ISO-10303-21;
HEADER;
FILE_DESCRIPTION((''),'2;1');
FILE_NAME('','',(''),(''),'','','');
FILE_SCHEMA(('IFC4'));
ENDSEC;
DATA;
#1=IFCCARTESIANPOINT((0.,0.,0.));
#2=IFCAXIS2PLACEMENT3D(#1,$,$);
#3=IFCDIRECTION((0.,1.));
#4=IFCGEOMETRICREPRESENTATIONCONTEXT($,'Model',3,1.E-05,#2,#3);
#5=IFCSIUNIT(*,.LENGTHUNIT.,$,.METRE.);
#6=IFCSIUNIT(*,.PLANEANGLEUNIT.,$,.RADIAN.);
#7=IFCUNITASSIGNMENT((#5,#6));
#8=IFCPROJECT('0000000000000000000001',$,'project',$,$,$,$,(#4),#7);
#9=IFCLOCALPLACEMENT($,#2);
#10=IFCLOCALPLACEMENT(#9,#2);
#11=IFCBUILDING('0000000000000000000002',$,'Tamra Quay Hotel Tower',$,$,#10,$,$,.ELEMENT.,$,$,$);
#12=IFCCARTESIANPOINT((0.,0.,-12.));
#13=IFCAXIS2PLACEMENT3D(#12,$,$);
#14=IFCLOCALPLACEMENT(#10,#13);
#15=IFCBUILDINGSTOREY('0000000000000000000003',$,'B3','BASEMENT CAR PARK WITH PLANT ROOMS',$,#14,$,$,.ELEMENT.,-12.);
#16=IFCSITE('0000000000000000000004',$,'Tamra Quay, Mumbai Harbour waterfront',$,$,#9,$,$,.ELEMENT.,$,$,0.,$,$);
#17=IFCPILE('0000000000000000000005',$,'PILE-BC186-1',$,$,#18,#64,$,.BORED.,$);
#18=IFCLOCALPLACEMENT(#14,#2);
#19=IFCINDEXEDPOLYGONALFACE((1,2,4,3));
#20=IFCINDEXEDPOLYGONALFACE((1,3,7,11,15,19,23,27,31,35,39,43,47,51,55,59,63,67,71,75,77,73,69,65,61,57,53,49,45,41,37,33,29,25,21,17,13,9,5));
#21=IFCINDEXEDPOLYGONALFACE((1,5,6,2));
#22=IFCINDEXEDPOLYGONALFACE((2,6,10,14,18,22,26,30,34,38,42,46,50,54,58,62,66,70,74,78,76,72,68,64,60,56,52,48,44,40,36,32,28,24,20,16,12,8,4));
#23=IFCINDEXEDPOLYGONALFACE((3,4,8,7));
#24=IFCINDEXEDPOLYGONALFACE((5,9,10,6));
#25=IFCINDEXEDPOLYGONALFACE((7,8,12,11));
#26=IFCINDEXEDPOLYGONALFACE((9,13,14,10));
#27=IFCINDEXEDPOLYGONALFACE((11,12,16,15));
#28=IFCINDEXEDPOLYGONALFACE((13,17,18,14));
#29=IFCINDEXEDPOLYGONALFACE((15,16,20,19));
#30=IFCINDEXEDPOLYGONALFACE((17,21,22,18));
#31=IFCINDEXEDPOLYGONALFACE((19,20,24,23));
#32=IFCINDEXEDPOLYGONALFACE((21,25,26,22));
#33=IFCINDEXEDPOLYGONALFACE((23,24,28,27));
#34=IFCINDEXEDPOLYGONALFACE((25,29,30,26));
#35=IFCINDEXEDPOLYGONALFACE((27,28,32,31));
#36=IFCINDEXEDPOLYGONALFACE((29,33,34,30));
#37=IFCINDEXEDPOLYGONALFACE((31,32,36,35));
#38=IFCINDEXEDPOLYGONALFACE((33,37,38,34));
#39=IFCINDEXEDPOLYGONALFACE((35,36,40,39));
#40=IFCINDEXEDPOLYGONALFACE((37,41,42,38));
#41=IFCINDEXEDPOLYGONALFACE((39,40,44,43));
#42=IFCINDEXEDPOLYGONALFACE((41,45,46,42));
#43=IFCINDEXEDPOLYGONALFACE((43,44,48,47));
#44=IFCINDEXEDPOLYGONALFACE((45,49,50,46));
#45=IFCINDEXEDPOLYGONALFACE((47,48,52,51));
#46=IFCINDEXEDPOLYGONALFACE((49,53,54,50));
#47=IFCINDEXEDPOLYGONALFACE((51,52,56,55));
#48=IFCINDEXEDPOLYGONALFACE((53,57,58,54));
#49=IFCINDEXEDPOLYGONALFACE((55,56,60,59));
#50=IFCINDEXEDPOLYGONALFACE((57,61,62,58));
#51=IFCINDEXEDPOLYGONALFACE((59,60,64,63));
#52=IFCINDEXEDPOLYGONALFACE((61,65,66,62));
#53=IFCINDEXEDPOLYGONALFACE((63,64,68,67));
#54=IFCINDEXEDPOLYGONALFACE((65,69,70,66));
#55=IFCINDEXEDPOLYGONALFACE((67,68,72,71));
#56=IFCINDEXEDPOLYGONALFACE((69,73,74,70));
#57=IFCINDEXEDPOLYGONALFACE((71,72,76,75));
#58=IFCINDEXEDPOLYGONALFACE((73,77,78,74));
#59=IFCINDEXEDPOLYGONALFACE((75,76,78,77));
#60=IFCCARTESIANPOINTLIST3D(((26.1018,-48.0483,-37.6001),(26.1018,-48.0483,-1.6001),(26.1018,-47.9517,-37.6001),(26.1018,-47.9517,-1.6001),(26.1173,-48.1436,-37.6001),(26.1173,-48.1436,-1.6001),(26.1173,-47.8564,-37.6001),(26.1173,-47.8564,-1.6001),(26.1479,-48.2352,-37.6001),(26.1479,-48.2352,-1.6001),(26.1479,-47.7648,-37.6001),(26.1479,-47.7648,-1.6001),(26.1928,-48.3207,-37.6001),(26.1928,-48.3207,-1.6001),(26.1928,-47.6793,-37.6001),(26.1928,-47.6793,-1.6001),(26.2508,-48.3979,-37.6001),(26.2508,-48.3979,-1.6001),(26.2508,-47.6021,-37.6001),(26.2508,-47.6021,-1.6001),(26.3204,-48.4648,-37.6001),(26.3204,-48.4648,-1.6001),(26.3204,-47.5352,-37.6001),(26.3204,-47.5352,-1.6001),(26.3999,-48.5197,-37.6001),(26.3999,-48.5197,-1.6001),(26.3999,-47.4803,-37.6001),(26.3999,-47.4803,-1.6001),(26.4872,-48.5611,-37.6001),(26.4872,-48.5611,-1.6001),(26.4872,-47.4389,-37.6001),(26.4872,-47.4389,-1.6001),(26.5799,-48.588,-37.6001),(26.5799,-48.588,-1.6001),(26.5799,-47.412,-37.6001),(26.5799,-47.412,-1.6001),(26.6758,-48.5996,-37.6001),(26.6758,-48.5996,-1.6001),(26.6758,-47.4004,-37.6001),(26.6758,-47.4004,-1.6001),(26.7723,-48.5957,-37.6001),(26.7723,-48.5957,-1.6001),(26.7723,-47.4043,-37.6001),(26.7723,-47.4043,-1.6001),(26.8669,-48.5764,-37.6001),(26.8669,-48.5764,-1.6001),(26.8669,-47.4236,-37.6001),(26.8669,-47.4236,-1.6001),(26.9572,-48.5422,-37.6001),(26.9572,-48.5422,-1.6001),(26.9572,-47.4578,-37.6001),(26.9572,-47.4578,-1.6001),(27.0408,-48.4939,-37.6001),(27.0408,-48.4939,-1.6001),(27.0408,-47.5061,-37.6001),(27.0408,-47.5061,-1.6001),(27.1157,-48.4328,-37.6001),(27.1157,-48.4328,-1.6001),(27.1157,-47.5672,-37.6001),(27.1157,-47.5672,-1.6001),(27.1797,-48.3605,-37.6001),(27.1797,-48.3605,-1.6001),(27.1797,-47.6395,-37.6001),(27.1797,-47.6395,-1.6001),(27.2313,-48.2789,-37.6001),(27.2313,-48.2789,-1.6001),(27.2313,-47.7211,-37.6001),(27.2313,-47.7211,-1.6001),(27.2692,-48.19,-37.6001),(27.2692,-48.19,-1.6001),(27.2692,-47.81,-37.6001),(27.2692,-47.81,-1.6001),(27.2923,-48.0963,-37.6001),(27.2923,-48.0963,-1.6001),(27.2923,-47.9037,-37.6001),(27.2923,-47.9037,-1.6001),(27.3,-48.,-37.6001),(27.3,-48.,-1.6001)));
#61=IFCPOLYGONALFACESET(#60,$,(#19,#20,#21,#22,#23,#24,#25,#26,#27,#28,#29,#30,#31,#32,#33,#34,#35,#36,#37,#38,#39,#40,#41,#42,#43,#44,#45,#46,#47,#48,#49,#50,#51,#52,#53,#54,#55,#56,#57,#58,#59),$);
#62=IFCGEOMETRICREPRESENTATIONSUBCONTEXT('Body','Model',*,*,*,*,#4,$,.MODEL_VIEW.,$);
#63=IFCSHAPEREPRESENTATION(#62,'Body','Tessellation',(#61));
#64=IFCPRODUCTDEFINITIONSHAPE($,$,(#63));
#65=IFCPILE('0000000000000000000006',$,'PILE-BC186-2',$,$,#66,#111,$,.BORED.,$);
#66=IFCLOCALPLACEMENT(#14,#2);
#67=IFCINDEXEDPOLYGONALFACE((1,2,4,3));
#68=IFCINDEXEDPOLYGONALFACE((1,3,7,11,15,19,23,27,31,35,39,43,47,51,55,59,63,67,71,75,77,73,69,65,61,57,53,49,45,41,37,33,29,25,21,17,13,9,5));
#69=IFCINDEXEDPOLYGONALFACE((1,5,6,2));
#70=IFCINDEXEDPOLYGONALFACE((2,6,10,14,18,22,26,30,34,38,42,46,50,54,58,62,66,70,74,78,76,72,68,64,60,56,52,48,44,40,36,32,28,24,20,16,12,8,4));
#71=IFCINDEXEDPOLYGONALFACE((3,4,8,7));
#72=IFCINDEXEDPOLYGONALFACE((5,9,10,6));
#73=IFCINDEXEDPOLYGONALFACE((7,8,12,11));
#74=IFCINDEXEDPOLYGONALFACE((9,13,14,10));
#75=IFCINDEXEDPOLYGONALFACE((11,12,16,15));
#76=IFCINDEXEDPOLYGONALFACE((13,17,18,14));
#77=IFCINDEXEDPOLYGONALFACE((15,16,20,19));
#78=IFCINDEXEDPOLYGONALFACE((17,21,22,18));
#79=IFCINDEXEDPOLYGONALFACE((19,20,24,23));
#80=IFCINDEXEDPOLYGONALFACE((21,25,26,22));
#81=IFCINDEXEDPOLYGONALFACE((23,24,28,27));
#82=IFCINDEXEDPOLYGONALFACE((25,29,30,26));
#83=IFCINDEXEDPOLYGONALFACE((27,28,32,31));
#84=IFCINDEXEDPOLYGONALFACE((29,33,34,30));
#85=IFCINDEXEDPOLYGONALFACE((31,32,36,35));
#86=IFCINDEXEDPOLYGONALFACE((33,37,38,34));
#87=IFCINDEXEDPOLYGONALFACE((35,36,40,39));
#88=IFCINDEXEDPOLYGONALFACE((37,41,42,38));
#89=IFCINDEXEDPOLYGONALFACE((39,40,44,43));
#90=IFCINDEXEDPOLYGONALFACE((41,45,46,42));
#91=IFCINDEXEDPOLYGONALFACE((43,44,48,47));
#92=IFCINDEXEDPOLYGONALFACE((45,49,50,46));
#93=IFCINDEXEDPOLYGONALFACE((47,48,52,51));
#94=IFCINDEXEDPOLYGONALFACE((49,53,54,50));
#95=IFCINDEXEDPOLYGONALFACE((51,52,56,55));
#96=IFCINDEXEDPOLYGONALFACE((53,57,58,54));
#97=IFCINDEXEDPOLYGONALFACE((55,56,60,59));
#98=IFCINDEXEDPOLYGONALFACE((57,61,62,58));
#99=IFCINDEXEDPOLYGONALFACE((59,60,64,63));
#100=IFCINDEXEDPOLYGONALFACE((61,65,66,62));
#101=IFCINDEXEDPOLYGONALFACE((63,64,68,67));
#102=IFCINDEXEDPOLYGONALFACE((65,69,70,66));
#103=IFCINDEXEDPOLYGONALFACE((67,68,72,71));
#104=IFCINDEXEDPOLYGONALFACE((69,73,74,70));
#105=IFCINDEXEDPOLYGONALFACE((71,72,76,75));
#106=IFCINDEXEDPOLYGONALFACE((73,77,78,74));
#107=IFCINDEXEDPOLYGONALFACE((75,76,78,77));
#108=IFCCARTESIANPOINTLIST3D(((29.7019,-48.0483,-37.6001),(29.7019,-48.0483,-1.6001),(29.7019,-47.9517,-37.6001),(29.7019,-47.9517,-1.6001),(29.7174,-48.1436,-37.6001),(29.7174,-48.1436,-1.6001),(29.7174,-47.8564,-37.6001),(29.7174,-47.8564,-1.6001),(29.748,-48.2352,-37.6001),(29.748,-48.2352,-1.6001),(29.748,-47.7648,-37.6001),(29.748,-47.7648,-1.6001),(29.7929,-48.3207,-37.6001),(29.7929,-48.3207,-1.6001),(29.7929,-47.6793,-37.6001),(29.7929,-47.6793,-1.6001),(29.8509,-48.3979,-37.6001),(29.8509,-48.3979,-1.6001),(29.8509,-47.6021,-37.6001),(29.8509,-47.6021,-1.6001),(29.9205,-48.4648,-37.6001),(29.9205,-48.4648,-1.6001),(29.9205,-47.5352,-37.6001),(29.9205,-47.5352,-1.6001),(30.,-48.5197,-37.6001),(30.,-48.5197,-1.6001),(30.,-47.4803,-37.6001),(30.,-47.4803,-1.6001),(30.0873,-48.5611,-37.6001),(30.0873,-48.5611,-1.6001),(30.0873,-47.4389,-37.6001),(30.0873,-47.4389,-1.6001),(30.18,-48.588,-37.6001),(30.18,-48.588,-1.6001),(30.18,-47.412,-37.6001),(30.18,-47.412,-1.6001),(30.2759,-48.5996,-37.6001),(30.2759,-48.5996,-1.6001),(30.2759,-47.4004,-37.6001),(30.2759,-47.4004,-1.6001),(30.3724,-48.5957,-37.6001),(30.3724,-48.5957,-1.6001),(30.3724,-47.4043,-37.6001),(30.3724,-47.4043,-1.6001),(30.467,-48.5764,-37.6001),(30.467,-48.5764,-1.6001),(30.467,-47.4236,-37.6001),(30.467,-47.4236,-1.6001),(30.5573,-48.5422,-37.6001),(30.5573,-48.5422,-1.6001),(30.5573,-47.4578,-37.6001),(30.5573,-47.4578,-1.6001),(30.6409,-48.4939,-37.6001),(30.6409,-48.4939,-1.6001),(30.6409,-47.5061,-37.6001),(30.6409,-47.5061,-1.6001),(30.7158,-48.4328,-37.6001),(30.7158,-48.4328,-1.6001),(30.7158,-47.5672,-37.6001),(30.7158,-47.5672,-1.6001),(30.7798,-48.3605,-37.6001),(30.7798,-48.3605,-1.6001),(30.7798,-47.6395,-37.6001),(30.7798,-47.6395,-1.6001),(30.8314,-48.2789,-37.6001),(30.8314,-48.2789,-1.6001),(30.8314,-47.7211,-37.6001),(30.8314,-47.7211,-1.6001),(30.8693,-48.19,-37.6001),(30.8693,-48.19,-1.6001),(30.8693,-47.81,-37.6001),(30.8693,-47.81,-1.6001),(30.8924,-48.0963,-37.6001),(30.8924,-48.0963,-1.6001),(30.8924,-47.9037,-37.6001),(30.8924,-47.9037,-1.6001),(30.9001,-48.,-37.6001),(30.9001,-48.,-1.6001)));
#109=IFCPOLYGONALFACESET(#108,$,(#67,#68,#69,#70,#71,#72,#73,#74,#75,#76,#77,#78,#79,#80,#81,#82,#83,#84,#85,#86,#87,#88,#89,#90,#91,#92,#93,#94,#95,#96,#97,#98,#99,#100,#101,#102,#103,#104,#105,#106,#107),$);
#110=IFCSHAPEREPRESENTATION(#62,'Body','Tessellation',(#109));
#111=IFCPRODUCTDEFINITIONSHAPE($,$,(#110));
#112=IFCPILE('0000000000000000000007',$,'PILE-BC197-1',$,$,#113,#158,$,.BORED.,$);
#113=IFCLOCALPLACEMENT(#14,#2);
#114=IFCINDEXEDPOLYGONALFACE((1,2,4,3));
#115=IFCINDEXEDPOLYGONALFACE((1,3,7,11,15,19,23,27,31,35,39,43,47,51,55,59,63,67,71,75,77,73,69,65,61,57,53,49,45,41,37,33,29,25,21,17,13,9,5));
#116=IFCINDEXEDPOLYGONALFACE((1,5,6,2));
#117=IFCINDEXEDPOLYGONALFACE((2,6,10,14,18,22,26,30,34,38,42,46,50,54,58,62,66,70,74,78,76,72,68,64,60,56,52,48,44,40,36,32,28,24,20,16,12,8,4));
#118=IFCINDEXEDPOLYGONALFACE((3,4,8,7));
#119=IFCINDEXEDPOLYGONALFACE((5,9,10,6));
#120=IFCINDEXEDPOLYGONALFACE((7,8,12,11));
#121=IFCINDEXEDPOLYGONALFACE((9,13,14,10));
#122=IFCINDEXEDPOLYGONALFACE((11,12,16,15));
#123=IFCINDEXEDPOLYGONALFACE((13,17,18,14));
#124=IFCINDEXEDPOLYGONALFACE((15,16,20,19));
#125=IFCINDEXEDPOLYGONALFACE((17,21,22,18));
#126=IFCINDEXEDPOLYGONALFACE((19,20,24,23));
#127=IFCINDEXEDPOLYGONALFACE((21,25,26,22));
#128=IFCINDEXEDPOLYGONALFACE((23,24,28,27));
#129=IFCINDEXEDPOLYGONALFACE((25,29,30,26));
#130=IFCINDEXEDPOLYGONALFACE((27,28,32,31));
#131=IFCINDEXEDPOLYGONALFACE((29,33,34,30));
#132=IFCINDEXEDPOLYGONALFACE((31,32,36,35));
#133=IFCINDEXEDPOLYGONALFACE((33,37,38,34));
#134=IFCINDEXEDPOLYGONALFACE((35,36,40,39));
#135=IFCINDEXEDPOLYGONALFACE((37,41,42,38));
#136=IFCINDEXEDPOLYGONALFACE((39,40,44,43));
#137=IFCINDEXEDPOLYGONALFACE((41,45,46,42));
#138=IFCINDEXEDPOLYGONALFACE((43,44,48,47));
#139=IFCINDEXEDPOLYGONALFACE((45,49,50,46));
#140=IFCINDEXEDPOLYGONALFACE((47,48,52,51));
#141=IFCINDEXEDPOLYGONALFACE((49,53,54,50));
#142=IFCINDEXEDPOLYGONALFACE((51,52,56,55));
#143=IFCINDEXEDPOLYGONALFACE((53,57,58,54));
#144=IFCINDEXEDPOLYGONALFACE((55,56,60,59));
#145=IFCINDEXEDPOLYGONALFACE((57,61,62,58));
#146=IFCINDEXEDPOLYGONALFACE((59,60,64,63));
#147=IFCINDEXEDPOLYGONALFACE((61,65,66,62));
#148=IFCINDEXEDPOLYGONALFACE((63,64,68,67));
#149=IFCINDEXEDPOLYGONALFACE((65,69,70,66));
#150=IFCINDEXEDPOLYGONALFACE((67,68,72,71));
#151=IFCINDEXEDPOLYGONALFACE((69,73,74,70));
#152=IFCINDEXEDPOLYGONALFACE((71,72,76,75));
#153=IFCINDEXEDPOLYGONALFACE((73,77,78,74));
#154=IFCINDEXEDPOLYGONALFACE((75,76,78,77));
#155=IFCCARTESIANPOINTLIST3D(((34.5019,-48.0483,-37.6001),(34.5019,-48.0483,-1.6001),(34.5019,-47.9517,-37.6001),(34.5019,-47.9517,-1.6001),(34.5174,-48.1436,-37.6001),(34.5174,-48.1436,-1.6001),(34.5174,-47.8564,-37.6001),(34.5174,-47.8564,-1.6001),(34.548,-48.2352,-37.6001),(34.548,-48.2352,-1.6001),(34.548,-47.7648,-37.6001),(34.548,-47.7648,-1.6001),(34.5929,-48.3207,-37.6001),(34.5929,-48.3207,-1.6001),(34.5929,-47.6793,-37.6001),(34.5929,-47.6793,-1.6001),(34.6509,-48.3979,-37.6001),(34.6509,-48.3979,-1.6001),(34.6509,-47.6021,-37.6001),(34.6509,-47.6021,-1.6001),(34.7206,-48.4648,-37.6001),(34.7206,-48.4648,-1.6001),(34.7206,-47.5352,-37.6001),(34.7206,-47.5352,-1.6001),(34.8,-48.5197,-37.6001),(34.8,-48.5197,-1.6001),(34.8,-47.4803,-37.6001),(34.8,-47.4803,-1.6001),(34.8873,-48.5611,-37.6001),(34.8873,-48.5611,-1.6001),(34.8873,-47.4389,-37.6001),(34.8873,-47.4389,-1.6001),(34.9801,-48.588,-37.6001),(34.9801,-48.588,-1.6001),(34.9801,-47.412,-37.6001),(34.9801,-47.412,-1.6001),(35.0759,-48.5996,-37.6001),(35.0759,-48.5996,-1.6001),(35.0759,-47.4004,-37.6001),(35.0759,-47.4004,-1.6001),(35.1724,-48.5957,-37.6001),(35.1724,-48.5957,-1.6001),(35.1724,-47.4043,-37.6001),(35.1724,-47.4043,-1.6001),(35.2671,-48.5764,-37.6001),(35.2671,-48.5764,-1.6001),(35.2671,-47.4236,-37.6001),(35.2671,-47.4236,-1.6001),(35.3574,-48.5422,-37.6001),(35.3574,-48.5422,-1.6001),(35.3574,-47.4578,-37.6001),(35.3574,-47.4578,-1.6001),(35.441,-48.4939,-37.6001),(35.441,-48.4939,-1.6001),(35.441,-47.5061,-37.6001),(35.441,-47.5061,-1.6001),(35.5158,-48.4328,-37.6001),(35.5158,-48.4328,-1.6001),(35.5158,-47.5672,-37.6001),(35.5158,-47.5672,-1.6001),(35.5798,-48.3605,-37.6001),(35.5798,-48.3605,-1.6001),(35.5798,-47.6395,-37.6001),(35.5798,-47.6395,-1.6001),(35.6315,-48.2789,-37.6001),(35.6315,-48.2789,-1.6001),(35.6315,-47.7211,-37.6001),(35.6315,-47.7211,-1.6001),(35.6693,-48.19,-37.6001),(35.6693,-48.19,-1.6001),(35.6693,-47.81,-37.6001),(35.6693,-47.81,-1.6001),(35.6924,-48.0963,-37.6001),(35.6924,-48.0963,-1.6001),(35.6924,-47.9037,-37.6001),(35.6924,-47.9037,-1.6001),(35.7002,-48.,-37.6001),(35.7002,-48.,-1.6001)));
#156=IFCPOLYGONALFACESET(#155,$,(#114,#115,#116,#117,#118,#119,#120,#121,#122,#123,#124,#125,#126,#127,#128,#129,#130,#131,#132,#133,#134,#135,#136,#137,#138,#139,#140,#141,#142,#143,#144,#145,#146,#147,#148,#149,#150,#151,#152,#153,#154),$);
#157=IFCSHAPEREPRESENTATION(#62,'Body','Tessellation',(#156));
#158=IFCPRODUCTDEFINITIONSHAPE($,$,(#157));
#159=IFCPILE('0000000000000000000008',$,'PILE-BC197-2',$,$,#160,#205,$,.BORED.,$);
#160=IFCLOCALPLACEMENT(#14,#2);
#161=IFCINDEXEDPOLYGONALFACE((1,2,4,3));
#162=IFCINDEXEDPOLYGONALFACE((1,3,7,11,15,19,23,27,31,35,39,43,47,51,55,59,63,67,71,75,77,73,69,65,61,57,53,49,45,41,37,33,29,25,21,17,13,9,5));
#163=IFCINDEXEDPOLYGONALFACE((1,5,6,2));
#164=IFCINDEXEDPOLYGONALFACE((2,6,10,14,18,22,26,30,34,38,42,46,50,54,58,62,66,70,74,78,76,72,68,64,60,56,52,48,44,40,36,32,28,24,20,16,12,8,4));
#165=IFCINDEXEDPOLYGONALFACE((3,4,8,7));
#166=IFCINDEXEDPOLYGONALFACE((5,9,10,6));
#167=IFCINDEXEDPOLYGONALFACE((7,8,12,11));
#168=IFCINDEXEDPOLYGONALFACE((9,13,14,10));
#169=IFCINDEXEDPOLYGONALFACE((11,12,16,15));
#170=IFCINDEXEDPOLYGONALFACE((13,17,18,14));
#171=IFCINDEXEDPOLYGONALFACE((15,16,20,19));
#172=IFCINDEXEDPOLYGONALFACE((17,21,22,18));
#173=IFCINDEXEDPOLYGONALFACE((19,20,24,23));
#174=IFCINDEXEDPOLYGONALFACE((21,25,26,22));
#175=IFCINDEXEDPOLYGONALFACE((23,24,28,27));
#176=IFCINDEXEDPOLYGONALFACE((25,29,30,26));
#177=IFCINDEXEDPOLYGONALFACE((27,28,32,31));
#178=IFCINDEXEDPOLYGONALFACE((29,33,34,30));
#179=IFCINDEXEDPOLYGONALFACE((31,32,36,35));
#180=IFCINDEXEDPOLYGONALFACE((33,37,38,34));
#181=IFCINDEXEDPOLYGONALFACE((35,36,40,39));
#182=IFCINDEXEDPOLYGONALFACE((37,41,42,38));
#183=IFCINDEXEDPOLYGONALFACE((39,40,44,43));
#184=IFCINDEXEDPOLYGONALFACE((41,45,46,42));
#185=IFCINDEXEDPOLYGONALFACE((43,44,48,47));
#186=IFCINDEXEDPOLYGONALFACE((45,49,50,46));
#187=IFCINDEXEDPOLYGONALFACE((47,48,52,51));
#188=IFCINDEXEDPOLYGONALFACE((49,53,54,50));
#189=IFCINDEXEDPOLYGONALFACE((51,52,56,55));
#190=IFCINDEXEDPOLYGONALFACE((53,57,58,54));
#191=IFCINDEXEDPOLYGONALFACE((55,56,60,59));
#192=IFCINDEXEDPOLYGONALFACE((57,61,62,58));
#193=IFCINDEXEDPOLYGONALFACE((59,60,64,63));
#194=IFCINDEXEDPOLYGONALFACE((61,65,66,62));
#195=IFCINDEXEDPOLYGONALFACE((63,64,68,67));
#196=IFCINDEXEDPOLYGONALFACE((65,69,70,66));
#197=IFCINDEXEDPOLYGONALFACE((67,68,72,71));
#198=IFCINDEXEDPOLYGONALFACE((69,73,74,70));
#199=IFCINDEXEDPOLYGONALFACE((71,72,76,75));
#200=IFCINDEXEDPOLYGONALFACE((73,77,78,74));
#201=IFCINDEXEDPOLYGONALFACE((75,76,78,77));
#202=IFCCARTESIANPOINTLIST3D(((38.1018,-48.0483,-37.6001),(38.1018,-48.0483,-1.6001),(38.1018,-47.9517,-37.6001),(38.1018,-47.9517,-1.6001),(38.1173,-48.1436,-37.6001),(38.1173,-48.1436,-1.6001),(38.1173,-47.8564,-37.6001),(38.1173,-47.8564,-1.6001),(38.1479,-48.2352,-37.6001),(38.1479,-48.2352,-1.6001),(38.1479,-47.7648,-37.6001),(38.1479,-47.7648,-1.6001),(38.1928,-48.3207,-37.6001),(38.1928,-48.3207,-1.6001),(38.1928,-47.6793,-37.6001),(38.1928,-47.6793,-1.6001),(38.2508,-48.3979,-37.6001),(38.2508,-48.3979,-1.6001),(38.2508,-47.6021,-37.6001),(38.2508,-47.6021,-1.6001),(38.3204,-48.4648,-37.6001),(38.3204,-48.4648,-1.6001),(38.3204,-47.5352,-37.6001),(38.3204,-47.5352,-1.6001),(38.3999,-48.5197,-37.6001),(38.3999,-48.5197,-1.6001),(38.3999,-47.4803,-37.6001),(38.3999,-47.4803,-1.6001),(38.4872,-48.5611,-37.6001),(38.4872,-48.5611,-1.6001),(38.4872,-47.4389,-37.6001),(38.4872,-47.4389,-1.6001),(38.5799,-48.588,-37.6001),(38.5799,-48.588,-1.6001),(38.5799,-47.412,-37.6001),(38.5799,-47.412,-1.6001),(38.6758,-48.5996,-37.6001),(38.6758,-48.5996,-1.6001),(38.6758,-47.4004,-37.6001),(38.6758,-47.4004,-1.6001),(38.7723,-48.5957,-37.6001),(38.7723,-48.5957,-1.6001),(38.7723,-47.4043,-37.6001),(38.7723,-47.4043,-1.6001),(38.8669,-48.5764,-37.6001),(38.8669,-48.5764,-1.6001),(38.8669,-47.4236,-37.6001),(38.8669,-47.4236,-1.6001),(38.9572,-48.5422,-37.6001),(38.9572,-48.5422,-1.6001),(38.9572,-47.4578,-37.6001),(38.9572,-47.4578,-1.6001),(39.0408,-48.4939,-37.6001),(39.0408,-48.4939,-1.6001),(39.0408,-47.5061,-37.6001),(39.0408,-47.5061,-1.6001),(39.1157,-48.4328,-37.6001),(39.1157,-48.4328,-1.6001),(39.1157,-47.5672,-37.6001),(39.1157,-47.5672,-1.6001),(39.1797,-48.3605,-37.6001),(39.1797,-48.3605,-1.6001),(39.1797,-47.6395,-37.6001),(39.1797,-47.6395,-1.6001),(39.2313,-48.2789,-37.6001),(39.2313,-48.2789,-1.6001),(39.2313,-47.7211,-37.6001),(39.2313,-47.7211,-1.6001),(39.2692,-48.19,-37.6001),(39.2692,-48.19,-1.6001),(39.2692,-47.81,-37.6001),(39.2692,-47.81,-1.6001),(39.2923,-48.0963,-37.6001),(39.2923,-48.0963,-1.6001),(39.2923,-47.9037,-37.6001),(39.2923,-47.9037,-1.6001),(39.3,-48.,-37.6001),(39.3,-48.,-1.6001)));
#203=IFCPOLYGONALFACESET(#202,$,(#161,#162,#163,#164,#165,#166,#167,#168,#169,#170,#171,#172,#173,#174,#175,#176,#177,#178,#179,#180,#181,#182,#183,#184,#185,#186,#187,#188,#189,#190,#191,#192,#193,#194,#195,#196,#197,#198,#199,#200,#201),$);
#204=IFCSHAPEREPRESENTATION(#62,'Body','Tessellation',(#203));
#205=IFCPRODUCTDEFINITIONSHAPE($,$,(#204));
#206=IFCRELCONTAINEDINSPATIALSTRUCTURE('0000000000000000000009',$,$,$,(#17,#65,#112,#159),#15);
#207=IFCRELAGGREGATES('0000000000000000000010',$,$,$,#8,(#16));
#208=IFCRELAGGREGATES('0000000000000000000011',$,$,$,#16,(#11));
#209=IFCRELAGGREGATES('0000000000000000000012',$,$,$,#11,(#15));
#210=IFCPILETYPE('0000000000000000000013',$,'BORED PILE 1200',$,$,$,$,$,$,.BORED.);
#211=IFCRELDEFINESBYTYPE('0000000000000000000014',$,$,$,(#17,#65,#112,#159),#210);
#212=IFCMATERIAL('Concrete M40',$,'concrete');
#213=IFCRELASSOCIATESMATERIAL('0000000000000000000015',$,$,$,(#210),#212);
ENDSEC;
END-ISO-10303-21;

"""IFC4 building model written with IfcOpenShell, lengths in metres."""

from ifc_helpers import new_model, si_unit, direction, frame, origin, origin_2d, place, context, subcontext, project, spatial, circle, extrude, material, material_profile, profile_set, type_object, element, save


model = new_model("IFC4")

# Units and contexts
model_context = context("Model", 3, precision=1e-05, world=origin(), true_north=direction((0.0, 1.0)))
body_context = subcontext(model_context, "Body", "Model", "MODEL_VIEW")
ifc_project = project(units=[si_unit("LENGTHUNIT", "METRE"), si_unit("PLANEANGLEUNIT", "RADIAN")], contexts=[model_context])

# Site, building, storey
site_placement = place(None, origin())
site = spatial("IfcSite", under=ifc_project, at=site_placement, Name="Tamra Quay, Mumbai Harbour waterfront", CompositionType="ELEMENT", RefElevation=0.0)
building_placement = place(site_placement, origin())
building = spatial("IfcBuilding", under=site, at=building_placement, Name="Tamra Quay Hotel Tower", CompositionType="ELEMENT")
storey_placement = place(building_placement, frame((0.0, 0.0, -12.0)))
storey = spatial("IfcBuildingStorey", under=building, at=storey_placement, Name="B3", Description="BASEMENT CAR PARK WITH PLANT ROOMS", CompositionType="ELEMENT", Elevation=-12.0)

# Piles
ifc_material_1 = material(Name="Concrete M40", Category="concrete")
ifc_material_profile_1 = material_profile(ifc_material_1, circle(Radius=0.6001, at=origin_2d()), Name="BORED PILE 1200")
ifc_profile_set_1 = profile_set([ifc_material_profile_1], Name="Concrete M40")
pile_type = type_object("IfcPileType", Name="BORED PILE 1200", PredefinedType="BORED", material=ifc_profile_set_1)
for number, where, z_axis, x_axis, name in (
    (1, (26.7, -48.0, -1.6001), (0.0, 0.0, -1.0), (1.0, 0.0, 0.0), "PILE-BC186-1"),
    (2, (30.3, -48.0, -1.6001), (0.0, 0.0, -1.0), (1.0, 0.0, 0.0), "PILE-BC186-2"),
    (3, (35.1001, -48.0, -1.6001), (0.0, 0.0, -1.0), (1.0, 0.0, 0.0), "PILE-BC197-1"),
    (4, (38.7, -48.0, -1.6001), (0.0, 0.0, -1.0), (1.0, 0.0, 0.0), "PILE-BC197-2"),
):
    element("IfcPile", number, at=place(storey_placement, frame(where, z_axis=z_axis, x_axis=x_axis)), inside=storey, type_object=pile_type, Name=name, PredefinedType="BORED", context=body_context, shape_type="SweptSolid", body=[
        extrude(circle(Radius=0.6001, at=origin_2d()), origin(), (0.0, 0.0, 1.0), 36.0),
    ])

save(model, "model.ifc")
